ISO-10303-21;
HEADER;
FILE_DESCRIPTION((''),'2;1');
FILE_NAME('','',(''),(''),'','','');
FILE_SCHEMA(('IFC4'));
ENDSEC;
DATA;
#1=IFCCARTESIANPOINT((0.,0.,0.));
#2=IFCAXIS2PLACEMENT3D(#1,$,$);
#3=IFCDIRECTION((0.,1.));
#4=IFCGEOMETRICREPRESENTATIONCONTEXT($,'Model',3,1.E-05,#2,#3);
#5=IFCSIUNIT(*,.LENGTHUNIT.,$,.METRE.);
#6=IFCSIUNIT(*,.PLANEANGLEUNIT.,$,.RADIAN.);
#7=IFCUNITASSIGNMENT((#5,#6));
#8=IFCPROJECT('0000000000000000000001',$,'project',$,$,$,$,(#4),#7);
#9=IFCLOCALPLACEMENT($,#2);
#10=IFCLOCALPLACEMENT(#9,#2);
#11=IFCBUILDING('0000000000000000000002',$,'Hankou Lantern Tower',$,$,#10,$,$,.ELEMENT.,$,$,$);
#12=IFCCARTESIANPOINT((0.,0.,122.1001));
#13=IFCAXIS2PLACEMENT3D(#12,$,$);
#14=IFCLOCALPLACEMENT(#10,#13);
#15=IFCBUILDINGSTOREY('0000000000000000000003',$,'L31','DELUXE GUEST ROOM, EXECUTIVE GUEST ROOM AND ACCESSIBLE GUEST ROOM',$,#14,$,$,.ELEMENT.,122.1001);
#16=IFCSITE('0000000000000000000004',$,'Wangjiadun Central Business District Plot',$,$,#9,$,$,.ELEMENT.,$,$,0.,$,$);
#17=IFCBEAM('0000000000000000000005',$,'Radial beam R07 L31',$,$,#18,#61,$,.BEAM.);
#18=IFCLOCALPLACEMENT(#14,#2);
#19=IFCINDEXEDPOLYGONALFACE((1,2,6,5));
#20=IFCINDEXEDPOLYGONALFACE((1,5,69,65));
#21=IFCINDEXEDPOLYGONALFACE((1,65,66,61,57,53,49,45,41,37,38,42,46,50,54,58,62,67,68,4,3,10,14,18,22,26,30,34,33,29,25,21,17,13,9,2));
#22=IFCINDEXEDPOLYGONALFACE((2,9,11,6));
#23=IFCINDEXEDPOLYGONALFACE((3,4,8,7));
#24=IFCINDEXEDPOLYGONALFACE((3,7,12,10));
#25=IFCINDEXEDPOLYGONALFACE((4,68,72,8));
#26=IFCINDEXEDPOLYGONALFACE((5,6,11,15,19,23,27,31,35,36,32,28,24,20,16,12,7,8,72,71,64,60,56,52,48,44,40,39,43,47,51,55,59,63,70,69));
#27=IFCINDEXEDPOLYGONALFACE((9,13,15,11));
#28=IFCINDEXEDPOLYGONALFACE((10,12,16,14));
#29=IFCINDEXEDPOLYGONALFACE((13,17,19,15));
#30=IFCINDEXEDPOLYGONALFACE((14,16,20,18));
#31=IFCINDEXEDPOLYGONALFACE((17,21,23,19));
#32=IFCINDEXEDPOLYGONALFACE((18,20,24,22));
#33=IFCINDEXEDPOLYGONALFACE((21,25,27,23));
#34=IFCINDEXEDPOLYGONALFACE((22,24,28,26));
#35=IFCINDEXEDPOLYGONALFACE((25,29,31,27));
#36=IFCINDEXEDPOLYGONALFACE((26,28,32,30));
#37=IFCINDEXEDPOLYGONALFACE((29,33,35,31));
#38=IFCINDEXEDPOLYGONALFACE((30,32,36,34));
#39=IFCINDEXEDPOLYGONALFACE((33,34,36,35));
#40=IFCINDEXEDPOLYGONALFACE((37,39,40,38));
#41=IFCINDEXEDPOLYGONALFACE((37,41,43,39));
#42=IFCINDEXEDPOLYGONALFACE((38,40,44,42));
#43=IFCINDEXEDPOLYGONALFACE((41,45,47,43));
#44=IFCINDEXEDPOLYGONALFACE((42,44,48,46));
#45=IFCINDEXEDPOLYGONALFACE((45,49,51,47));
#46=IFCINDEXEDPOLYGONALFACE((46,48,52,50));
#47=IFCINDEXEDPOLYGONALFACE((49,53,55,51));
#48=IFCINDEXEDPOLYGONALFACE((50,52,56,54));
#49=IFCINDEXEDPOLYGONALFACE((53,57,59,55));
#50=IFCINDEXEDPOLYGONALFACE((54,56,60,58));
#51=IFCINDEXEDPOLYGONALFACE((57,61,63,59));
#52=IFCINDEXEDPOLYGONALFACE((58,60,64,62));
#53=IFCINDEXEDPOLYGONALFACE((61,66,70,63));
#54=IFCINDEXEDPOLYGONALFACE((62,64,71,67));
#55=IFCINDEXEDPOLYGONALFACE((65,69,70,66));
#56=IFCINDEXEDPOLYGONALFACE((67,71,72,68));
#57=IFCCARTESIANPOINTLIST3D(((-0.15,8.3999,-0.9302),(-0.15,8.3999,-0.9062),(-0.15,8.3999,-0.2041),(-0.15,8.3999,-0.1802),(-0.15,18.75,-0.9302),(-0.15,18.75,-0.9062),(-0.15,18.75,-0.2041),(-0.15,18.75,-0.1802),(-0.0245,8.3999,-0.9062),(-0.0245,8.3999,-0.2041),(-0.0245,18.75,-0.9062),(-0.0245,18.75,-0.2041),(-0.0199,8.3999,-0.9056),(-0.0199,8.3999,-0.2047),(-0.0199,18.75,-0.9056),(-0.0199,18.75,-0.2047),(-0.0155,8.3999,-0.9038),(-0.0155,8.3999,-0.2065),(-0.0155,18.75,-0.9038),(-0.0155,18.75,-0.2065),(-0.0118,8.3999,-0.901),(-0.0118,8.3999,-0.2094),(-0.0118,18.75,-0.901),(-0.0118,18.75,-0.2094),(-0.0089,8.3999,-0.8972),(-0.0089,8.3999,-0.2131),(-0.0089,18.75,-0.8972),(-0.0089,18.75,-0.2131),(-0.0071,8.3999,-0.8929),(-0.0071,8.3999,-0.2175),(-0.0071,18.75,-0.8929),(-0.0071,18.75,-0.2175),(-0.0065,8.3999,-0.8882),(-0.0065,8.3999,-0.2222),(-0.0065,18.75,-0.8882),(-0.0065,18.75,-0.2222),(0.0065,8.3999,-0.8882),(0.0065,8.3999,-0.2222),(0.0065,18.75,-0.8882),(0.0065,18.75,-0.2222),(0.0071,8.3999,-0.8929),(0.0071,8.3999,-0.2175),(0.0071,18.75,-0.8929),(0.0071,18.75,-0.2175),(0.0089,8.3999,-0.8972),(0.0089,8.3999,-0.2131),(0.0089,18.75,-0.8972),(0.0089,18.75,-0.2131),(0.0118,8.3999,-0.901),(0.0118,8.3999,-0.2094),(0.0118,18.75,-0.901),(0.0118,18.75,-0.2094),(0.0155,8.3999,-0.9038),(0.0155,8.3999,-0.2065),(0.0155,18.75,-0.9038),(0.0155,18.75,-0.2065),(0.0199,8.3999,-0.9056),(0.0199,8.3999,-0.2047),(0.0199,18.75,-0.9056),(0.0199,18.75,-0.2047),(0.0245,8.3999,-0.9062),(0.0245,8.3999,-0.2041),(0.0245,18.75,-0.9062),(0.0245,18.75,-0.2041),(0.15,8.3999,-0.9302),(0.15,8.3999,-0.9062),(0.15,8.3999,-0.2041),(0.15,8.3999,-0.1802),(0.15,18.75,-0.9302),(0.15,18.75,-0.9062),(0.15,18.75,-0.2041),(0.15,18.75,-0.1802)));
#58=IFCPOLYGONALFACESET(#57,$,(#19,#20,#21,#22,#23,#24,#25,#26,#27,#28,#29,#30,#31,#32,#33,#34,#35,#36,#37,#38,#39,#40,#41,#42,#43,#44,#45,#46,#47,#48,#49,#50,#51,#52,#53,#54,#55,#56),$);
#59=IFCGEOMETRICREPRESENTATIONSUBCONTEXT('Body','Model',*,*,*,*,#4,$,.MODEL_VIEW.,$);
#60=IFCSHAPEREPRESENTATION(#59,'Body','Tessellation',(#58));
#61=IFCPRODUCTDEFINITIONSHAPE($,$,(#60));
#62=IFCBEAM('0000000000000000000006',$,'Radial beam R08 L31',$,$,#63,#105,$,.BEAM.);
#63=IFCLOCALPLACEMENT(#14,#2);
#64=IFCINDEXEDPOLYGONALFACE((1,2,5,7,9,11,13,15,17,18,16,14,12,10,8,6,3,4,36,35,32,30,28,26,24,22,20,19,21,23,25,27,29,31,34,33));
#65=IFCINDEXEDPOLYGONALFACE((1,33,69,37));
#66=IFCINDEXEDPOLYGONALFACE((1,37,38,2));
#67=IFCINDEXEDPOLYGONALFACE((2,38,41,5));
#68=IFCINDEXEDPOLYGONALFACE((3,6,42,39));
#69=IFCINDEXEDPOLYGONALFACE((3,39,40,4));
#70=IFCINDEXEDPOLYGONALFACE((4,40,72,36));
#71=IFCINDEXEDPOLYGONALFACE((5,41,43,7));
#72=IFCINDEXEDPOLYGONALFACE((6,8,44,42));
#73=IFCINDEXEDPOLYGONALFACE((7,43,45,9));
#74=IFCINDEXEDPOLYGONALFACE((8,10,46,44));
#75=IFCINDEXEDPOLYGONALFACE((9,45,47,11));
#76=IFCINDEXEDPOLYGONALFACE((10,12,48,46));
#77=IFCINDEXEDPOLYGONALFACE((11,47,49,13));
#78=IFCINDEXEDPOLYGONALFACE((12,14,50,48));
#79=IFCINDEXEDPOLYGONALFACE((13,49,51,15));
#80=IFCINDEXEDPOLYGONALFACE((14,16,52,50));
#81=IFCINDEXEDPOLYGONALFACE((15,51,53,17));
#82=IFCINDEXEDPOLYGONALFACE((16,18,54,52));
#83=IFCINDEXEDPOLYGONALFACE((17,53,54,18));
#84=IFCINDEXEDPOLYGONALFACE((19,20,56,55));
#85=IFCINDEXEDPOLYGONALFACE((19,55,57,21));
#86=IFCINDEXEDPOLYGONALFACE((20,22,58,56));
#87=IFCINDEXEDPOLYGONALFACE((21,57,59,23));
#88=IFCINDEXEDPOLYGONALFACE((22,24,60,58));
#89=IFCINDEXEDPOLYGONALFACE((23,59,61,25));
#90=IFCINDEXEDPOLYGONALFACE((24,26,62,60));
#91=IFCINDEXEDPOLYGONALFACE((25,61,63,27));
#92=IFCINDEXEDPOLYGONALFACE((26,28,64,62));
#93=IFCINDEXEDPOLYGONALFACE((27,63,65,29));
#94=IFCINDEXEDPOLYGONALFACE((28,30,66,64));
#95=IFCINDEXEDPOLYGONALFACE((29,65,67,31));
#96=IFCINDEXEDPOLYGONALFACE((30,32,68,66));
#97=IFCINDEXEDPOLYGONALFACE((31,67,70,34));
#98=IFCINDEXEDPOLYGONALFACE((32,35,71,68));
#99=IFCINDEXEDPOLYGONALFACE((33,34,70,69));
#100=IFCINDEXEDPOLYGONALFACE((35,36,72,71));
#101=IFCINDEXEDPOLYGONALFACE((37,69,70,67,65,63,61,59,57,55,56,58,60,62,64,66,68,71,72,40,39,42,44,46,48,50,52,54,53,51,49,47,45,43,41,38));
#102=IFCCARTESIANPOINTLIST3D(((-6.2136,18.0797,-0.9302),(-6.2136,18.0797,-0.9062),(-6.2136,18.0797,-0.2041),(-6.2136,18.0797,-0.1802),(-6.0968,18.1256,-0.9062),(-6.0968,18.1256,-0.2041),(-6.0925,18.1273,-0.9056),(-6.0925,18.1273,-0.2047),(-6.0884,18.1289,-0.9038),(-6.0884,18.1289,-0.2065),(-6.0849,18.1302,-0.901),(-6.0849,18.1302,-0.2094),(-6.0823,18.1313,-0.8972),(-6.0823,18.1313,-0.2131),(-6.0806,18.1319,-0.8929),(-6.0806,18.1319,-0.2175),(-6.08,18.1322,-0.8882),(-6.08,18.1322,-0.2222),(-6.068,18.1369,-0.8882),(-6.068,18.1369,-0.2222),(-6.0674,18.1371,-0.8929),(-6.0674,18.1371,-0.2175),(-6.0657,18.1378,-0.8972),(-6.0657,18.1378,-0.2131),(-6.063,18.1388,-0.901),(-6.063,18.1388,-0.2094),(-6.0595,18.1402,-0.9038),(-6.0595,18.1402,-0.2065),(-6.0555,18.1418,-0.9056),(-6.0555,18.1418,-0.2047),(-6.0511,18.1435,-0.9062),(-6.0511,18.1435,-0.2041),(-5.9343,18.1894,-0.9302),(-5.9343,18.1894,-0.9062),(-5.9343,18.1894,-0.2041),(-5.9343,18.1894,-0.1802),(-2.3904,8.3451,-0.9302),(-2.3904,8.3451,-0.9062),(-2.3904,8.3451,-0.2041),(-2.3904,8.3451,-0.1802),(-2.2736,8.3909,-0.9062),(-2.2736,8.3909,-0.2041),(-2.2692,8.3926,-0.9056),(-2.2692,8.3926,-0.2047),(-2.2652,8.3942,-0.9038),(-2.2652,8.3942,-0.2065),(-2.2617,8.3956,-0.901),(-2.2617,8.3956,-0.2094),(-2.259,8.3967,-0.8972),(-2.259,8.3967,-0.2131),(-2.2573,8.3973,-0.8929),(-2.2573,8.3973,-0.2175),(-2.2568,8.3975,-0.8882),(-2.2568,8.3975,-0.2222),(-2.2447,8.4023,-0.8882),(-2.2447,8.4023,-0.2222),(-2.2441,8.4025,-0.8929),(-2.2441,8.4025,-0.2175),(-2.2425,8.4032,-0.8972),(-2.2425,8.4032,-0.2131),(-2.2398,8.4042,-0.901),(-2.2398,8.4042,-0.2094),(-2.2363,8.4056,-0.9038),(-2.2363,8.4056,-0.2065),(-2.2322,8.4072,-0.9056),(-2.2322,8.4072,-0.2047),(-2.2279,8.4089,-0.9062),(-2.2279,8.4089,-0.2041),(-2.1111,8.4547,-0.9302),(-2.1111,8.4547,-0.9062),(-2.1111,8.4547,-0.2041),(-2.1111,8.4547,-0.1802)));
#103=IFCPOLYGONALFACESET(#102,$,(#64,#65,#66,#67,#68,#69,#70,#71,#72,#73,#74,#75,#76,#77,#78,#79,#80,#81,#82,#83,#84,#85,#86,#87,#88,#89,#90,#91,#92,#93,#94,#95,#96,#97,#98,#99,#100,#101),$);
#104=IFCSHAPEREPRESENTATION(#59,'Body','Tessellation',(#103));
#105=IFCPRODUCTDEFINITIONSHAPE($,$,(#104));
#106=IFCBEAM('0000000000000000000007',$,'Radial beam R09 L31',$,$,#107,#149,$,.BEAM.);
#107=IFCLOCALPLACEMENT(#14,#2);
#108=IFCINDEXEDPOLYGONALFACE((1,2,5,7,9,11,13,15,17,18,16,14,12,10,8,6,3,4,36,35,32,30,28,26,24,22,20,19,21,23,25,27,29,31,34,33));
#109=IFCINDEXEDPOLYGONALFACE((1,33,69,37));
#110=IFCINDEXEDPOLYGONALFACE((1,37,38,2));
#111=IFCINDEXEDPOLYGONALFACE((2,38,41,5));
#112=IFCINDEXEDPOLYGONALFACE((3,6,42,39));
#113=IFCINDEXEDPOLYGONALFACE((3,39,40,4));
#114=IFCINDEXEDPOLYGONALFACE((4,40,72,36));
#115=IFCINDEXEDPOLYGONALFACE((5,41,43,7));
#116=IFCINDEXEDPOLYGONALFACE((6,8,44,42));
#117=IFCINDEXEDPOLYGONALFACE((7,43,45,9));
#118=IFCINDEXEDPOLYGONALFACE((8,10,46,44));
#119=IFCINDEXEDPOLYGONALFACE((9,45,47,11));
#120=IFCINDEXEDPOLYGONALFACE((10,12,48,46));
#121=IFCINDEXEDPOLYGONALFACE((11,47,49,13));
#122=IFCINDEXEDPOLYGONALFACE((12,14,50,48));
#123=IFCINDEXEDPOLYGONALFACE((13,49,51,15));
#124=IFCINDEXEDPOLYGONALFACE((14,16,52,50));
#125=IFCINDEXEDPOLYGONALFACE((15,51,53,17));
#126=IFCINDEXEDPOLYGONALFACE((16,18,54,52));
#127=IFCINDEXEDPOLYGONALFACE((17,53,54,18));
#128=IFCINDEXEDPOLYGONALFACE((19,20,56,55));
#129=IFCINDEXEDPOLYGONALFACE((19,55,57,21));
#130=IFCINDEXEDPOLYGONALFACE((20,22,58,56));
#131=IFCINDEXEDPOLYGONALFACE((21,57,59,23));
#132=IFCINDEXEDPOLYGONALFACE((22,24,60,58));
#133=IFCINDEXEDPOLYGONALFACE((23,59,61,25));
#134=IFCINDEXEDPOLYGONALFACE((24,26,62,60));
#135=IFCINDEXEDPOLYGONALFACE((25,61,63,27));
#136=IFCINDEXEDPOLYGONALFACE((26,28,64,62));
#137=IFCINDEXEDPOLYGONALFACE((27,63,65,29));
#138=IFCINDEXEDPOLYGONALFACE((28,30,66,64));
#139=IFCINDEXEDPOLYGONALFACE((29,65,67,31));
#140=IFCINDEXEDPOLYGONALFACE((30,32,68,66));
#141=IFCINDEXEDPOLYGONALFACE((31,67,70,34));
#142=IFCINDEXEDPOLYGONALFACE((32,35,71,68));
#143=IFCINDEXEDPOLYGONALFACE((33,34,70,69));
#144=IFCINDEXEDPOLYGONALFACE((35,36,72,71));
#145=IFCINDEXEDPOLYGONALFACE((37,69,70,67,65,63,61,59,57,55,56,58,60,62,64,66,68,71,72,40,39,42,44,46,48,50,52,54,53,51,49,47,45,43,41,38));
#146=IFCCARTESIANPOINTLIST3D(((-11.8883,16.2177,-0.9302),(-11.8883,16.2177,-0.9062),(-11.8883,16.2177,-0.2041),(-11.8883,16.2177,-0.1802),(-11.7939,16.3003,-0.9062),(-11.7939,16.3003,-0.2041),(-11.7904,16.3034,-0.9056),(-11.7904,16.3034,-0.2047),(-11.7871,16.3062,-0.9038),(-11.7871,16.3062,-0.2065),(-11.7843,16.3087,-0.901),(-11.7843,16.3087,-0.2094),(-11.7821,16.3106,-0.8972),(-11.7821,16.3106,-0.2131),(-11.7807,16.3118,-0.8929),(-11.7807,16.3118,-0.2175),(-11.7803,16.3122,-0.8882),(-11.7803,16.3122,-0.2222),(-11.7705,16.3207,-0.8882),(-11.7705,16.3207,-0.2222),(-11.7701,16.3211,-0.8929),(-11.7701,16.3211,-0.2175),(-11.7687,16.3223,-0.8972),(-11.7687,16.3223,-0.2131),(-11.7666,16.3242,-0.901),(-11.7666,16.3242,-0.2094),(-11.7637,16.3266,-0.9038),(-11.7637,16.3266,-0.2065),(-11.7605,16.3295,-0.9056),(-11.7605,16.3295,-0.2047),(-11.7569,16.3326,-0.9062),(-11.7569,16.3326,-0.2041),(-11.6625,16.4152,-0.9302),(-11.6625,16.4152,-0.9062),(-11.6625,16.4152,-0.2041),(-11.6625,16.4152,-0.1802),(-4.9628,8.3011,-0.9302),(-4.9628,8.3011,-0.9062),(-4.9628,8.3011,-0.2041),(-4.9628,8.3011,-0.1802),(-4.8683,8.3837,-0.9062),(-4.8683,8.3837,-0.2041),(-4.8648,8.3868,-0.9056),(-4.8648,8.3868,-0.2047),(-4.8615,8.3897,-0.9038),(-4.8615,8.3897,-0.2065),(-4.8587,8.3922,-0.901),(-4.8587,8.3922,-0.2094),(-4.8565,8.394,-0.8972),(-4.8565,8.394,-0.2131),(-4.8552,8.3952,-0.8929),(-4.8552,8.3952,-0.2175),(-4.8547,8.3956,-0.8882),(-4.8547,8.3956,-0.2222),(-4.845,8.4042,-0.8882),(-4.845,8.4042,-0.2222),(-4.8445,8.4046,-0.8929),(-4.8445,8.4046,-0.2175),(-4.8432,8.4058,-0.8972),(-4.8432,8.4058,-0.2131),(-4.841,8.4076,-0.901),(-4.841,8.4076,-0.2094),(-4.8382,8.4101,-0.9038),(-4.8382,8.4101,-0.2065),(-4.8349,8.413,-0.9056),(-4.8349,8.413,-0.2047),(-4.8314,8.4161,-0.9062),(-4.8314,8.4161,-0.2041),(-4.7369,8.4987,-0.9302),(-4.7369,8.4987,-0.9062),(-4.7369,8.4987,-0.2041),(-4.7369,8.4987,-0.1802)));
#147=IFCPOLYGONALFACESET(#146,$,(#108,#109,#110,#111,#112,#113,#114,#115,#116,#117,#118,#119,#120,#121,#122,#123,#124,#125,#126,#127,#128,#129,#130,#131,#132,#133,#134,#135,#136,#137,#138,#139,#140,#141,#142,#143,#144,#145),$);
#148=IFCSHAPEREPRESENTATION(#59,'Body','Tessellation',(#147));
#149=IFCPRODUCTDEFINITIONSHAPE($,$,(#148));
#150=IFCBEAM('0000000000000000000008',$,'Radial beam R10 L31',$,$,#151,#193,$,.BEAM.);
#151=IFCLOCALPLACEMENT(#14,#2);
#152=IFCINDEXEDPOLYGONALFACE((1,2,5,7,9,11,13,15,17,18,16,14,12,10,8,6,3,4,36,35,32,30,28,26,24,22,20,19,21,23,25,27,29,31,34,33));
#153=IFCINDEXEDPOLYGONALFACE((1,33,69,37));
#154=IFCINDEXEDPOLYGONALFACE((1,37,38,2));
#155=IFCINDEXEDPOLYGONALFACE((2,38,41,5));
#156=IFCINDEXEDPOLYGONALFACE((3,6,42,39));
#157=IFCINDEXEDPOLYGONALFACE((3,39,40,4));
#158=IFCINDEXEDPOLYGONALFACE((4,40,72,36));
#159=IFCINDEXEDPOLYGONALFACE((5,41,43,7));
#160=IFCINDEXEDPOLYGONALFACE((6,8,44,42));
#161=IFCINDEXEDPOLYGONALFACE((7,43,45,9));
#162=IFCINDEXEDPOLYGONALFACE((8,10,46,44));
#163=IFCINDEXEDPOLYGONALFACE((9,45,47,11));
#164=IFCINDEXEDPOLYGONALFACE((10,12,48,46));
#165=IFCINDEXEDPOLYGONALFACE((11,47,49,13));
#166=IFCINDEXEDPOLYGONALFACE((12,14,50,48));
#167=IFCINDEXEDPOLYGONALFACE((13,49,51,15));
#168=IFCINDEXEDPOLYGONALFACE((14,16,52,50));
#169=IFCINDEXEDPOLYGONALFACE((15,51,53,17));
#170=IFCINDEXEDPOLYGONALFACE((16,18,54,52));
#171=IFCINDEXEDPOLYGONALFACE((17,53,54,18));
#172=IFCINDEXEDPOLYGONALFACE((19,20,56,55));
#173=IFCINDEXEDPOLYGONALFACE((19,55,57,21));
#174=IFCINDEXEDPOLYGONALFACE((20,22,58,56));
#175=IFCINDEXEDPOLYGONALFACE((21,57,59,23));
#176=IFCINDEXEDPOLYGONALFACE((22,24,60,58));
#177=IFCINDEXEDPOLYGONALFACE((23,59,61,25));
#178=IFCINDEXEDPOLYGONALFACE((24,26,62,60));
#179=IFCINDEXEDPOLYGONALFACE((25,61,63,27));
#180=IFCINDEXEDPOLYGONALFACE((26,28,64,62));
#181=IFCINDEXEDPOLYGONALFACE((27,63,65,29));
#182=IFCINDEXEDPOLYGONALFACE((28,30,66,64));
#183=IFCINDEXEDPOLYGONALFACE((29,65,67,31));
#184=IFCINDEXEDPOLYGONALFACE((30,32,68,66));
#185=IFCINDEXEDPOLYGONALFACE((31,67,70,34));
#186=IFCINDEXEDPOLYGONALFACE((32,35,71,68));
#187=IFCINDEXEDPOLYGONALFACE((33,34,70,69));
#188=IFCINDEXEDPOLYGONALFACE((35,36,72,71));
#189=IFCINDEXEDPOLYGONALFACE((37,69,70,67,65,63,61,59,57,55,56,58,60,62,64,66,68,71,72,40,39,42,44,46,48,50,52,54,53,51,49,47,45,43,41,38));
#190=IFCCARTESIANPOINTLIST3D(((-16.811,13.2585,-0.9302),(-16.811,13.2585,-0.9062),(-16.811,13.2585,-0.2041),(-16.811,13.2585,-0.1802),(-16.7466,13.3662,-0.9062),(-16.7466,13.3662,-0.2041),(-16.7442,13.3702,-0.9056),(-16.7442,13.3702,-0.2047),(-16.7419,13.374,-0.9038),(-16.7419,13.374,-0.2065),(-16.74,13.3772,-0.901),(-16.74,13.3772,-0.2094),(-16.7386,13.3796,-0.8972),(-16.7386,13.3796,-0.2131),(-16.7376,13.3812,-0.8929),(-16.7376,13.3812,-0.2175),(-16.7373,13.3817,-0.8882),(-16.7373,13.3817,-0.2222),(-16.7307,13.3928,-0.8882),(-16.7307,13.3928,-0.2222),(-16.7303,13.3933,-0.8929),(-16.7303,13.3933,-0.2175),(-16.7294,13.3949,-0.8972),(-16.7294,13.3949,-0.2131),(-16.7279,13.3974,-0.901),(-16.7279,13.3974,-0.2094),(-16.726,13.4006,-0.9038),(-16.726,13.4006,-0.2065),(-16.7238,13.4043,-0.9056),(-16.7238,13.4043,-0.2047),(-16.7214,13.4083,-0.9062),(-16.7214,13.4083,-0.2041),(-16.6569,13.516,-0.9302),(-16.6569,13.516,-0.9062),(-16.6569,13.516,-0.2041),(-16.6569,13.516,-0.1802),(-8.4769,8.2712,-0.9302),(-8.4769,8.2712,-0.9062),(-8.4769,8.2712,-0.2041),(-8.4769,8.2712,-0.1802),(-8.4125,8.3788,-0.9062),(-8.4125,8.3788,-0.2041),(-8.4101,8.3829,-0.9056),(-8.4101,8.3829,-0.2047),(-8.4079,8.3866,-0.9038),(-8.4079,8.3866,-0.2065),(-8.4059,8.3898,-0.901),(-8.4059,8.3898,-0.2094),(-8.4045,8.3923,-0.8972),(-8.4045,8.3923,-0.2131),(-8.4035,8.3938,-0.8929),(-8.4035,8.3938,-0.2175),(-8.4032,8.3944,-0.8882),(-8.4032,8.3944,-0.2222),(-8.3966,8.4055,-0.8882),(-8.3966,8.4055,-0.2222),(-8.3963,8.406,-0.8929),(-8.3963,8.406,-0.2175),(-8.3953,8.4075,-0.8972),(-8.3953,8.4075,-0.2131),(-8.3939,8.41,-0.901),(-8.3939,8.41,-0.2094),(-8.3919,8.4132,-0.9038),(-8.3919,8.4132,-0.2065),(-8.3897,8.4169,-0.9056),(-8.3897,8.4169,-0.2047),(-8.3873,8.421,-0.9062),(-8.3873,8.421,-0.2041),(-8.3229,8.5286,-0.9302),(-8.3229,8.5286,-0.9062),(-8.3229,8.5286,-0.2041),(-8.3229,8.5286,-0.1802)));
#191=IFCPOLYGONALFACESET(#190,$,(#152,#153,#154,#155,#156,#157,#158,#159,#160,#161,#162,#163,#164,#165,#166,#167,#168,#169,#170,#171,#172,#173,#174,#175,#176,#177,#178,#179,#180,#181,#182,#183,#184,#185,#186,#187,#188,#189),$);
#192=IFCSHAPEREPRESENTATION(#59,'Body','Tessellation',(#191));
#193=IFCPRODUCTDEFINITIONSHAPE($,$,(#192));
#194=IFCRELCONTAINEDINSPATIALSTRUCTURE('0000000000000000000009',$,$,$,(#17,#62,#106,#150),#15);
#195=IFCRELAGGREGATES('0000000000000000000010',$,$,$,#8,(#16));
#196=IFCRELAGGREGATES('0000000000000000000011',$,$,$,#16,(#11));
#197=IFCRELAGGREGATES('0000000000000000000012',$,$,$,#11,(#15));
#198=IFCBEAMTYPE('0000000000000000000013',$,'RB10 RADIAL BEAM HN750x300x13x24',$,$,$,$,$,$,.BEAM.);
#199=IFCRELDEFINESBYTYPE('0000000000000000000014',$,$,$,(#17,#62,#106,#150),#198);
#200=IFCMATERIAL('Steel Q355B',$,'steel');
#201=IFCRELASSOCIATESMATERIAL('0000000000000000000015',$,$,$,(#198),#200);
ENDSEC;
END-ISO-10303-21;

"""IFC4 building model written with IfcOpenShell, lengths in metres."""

from ifc_helpers import new_model, si_unit, direction, frame, origin, origin_2d, place, context, subcontext, project, spatial, i_section, extrude, material, material_profile, profile_set, type_object, element, save


model = new_model("IFC4")

# Units and contexts
model_context = context("Model", 3, precision=1e-05, world=origin(), true_north=direction((0.0, 1.0)))
body_context = subcontext(model_context, "Body", "Model", "MODEL_VIEW")
ifc_project = project(units=[si_unit("LENGTHUNIT", "METRE"), si_unit("PLANEANGLEUNIT", "RADIAN")], contexts=[model_context])

# Site, building, storey
site_placement = place(None, origin())
site = spatial("IfcSite", under=ifc_project, at=site_placement, Name="Wangjiadun Central Business District Plot", CompositionType="ELEMENT", RefElevation=0.0)
building_placement = place(site_placement, origin())
building = spatial("IfcBuilding", under=site, at=building_placement, Name="Hankou Lantern Tower", CompositionType="ELEMENT")
storey_placement = place(building_placement, frame((0.0, 0.0, 122.1001)))
storey = spatial("IfcBuildingStorey", under=building, at=storey_placement, Name="L31", Description="DELUXE GUEST ROOM, EXECUTIVE GUEST ROOM AND ACCESSIBLE GUEST ROOM", CompositionType="ELEMENT", Elevation=122.1001)

# Beams
ifc_material_1 = material(Name="Steel Q355B", Category="steel")
ifc_material_profile = material_profile(ifc_material_1, i_section(OverallWidth=0.3, OverallDepth=0.75, WebThickness=0.0129, FlangeThickness=0.0239, FilletRadius=0.0181, at=origin_2d()), Name="HN750x300x13x24")
ifc_profile_set = profile_set([ifc_material_profile], Name="Steel Q355B")
beam_type = type_object("IfcBeamType", Name="RB10 RADIAL BEAM HN750x300x13x24", PredefinedType="BEAM", material=ifc_profile_set)
beam_1_placement = place(storey_placement, frame((0.0, 8.3999, -0.5552), z_axis=(0.0, 1.0, 0.0), x_axis=(-1.0, 0.0, 0.0)))
element("IfcBeam", 1, at=beam_1_placement, inside=storey, type_object=beam_type, Name="Radial beam R07 L31", PredefinedType="BEAM", context=body_context, shape_type="SweptSolid", body=[
    extrude(i_section(OverallWidth=0.3, OverallDepth=0.75, WebThickness=0.0129, FlangeThickness=0.0239, FilletRadius=0.0181, at=origin_2d()), origin(), (0.0, 0.0, 1.0), 10.3501),
])
beam_2_placement = place(storey_placement, frame((-2.2507, 8.3999, -0.5552), z_axis=(-0.365564, 0.930786, 0.0), x_axis=(-0.930786, -0.365564, 0.0)))
element("IfcBeam", 2, at=beam_2_placement, inside=storey, type_object=beam_type, Name="Radial beam R08 L31", PredefinedType="BEAM", context=body_context, shape_type="SweptSolid", body=[
    extrude(i_section(OverallWidth=0.3, OverallDepth=0.75, WebThickness=0.0129, FlangeThickness=0.0239, FilletRadius=0.0181, at=origin_2d()), origin(), (0.0, 0.0, 1.0), 10.4585),
])
beam_3_placement = place(storey_placement, frame((-4.8499, 8.3999, -0.5552), z_axis=(-0.658429, 0.752643, 0.0), x_axis=(-0.752643, -0.658429, 0.0)))
element("IfcBeam", 3, at=beam_3_placement, inside=storey, type_object=beam_type, Name="Radial beam R09 L31", PredefinedType="BEAM", context=body_context, shape_type="SweptSolid", body=[
    extrude(i_section(OverallWidth=0.3, OverallDepth=0.75, WebThickness=0.0129, FlangeThickness=0.0239, FilletRadius=0.0181, at=origin_2d()), origin(), (0.0, 0.0, 1.0), 10.5183),
])
beam_4_placement = place(storey_placement, frame((-8.3999, 8.3999, -0.5552), z_axis=(-0.858087, 0.513505, 0.0), x_axis=(-0.513505, -0.858087, 0.0)))
element("IfcBeam", 4, at=beam_4_placement, inside=storey, type_object=beam_type, Name="Radial beam R10 L31", PredefinedType="BEAM", context=body_context, shape_type="SweptSolid", body=[
    extrude(i_section(OverallWidth=0.3, OverallDepth=0.75, WebThickness=0.0129, FlangeThickness=0.0239, FilletRadius=0.0181, at=origin_2d()), origin(), (0.0, 0.0, 1.0), 9.7124),
])

save(model, "model.ifc")
